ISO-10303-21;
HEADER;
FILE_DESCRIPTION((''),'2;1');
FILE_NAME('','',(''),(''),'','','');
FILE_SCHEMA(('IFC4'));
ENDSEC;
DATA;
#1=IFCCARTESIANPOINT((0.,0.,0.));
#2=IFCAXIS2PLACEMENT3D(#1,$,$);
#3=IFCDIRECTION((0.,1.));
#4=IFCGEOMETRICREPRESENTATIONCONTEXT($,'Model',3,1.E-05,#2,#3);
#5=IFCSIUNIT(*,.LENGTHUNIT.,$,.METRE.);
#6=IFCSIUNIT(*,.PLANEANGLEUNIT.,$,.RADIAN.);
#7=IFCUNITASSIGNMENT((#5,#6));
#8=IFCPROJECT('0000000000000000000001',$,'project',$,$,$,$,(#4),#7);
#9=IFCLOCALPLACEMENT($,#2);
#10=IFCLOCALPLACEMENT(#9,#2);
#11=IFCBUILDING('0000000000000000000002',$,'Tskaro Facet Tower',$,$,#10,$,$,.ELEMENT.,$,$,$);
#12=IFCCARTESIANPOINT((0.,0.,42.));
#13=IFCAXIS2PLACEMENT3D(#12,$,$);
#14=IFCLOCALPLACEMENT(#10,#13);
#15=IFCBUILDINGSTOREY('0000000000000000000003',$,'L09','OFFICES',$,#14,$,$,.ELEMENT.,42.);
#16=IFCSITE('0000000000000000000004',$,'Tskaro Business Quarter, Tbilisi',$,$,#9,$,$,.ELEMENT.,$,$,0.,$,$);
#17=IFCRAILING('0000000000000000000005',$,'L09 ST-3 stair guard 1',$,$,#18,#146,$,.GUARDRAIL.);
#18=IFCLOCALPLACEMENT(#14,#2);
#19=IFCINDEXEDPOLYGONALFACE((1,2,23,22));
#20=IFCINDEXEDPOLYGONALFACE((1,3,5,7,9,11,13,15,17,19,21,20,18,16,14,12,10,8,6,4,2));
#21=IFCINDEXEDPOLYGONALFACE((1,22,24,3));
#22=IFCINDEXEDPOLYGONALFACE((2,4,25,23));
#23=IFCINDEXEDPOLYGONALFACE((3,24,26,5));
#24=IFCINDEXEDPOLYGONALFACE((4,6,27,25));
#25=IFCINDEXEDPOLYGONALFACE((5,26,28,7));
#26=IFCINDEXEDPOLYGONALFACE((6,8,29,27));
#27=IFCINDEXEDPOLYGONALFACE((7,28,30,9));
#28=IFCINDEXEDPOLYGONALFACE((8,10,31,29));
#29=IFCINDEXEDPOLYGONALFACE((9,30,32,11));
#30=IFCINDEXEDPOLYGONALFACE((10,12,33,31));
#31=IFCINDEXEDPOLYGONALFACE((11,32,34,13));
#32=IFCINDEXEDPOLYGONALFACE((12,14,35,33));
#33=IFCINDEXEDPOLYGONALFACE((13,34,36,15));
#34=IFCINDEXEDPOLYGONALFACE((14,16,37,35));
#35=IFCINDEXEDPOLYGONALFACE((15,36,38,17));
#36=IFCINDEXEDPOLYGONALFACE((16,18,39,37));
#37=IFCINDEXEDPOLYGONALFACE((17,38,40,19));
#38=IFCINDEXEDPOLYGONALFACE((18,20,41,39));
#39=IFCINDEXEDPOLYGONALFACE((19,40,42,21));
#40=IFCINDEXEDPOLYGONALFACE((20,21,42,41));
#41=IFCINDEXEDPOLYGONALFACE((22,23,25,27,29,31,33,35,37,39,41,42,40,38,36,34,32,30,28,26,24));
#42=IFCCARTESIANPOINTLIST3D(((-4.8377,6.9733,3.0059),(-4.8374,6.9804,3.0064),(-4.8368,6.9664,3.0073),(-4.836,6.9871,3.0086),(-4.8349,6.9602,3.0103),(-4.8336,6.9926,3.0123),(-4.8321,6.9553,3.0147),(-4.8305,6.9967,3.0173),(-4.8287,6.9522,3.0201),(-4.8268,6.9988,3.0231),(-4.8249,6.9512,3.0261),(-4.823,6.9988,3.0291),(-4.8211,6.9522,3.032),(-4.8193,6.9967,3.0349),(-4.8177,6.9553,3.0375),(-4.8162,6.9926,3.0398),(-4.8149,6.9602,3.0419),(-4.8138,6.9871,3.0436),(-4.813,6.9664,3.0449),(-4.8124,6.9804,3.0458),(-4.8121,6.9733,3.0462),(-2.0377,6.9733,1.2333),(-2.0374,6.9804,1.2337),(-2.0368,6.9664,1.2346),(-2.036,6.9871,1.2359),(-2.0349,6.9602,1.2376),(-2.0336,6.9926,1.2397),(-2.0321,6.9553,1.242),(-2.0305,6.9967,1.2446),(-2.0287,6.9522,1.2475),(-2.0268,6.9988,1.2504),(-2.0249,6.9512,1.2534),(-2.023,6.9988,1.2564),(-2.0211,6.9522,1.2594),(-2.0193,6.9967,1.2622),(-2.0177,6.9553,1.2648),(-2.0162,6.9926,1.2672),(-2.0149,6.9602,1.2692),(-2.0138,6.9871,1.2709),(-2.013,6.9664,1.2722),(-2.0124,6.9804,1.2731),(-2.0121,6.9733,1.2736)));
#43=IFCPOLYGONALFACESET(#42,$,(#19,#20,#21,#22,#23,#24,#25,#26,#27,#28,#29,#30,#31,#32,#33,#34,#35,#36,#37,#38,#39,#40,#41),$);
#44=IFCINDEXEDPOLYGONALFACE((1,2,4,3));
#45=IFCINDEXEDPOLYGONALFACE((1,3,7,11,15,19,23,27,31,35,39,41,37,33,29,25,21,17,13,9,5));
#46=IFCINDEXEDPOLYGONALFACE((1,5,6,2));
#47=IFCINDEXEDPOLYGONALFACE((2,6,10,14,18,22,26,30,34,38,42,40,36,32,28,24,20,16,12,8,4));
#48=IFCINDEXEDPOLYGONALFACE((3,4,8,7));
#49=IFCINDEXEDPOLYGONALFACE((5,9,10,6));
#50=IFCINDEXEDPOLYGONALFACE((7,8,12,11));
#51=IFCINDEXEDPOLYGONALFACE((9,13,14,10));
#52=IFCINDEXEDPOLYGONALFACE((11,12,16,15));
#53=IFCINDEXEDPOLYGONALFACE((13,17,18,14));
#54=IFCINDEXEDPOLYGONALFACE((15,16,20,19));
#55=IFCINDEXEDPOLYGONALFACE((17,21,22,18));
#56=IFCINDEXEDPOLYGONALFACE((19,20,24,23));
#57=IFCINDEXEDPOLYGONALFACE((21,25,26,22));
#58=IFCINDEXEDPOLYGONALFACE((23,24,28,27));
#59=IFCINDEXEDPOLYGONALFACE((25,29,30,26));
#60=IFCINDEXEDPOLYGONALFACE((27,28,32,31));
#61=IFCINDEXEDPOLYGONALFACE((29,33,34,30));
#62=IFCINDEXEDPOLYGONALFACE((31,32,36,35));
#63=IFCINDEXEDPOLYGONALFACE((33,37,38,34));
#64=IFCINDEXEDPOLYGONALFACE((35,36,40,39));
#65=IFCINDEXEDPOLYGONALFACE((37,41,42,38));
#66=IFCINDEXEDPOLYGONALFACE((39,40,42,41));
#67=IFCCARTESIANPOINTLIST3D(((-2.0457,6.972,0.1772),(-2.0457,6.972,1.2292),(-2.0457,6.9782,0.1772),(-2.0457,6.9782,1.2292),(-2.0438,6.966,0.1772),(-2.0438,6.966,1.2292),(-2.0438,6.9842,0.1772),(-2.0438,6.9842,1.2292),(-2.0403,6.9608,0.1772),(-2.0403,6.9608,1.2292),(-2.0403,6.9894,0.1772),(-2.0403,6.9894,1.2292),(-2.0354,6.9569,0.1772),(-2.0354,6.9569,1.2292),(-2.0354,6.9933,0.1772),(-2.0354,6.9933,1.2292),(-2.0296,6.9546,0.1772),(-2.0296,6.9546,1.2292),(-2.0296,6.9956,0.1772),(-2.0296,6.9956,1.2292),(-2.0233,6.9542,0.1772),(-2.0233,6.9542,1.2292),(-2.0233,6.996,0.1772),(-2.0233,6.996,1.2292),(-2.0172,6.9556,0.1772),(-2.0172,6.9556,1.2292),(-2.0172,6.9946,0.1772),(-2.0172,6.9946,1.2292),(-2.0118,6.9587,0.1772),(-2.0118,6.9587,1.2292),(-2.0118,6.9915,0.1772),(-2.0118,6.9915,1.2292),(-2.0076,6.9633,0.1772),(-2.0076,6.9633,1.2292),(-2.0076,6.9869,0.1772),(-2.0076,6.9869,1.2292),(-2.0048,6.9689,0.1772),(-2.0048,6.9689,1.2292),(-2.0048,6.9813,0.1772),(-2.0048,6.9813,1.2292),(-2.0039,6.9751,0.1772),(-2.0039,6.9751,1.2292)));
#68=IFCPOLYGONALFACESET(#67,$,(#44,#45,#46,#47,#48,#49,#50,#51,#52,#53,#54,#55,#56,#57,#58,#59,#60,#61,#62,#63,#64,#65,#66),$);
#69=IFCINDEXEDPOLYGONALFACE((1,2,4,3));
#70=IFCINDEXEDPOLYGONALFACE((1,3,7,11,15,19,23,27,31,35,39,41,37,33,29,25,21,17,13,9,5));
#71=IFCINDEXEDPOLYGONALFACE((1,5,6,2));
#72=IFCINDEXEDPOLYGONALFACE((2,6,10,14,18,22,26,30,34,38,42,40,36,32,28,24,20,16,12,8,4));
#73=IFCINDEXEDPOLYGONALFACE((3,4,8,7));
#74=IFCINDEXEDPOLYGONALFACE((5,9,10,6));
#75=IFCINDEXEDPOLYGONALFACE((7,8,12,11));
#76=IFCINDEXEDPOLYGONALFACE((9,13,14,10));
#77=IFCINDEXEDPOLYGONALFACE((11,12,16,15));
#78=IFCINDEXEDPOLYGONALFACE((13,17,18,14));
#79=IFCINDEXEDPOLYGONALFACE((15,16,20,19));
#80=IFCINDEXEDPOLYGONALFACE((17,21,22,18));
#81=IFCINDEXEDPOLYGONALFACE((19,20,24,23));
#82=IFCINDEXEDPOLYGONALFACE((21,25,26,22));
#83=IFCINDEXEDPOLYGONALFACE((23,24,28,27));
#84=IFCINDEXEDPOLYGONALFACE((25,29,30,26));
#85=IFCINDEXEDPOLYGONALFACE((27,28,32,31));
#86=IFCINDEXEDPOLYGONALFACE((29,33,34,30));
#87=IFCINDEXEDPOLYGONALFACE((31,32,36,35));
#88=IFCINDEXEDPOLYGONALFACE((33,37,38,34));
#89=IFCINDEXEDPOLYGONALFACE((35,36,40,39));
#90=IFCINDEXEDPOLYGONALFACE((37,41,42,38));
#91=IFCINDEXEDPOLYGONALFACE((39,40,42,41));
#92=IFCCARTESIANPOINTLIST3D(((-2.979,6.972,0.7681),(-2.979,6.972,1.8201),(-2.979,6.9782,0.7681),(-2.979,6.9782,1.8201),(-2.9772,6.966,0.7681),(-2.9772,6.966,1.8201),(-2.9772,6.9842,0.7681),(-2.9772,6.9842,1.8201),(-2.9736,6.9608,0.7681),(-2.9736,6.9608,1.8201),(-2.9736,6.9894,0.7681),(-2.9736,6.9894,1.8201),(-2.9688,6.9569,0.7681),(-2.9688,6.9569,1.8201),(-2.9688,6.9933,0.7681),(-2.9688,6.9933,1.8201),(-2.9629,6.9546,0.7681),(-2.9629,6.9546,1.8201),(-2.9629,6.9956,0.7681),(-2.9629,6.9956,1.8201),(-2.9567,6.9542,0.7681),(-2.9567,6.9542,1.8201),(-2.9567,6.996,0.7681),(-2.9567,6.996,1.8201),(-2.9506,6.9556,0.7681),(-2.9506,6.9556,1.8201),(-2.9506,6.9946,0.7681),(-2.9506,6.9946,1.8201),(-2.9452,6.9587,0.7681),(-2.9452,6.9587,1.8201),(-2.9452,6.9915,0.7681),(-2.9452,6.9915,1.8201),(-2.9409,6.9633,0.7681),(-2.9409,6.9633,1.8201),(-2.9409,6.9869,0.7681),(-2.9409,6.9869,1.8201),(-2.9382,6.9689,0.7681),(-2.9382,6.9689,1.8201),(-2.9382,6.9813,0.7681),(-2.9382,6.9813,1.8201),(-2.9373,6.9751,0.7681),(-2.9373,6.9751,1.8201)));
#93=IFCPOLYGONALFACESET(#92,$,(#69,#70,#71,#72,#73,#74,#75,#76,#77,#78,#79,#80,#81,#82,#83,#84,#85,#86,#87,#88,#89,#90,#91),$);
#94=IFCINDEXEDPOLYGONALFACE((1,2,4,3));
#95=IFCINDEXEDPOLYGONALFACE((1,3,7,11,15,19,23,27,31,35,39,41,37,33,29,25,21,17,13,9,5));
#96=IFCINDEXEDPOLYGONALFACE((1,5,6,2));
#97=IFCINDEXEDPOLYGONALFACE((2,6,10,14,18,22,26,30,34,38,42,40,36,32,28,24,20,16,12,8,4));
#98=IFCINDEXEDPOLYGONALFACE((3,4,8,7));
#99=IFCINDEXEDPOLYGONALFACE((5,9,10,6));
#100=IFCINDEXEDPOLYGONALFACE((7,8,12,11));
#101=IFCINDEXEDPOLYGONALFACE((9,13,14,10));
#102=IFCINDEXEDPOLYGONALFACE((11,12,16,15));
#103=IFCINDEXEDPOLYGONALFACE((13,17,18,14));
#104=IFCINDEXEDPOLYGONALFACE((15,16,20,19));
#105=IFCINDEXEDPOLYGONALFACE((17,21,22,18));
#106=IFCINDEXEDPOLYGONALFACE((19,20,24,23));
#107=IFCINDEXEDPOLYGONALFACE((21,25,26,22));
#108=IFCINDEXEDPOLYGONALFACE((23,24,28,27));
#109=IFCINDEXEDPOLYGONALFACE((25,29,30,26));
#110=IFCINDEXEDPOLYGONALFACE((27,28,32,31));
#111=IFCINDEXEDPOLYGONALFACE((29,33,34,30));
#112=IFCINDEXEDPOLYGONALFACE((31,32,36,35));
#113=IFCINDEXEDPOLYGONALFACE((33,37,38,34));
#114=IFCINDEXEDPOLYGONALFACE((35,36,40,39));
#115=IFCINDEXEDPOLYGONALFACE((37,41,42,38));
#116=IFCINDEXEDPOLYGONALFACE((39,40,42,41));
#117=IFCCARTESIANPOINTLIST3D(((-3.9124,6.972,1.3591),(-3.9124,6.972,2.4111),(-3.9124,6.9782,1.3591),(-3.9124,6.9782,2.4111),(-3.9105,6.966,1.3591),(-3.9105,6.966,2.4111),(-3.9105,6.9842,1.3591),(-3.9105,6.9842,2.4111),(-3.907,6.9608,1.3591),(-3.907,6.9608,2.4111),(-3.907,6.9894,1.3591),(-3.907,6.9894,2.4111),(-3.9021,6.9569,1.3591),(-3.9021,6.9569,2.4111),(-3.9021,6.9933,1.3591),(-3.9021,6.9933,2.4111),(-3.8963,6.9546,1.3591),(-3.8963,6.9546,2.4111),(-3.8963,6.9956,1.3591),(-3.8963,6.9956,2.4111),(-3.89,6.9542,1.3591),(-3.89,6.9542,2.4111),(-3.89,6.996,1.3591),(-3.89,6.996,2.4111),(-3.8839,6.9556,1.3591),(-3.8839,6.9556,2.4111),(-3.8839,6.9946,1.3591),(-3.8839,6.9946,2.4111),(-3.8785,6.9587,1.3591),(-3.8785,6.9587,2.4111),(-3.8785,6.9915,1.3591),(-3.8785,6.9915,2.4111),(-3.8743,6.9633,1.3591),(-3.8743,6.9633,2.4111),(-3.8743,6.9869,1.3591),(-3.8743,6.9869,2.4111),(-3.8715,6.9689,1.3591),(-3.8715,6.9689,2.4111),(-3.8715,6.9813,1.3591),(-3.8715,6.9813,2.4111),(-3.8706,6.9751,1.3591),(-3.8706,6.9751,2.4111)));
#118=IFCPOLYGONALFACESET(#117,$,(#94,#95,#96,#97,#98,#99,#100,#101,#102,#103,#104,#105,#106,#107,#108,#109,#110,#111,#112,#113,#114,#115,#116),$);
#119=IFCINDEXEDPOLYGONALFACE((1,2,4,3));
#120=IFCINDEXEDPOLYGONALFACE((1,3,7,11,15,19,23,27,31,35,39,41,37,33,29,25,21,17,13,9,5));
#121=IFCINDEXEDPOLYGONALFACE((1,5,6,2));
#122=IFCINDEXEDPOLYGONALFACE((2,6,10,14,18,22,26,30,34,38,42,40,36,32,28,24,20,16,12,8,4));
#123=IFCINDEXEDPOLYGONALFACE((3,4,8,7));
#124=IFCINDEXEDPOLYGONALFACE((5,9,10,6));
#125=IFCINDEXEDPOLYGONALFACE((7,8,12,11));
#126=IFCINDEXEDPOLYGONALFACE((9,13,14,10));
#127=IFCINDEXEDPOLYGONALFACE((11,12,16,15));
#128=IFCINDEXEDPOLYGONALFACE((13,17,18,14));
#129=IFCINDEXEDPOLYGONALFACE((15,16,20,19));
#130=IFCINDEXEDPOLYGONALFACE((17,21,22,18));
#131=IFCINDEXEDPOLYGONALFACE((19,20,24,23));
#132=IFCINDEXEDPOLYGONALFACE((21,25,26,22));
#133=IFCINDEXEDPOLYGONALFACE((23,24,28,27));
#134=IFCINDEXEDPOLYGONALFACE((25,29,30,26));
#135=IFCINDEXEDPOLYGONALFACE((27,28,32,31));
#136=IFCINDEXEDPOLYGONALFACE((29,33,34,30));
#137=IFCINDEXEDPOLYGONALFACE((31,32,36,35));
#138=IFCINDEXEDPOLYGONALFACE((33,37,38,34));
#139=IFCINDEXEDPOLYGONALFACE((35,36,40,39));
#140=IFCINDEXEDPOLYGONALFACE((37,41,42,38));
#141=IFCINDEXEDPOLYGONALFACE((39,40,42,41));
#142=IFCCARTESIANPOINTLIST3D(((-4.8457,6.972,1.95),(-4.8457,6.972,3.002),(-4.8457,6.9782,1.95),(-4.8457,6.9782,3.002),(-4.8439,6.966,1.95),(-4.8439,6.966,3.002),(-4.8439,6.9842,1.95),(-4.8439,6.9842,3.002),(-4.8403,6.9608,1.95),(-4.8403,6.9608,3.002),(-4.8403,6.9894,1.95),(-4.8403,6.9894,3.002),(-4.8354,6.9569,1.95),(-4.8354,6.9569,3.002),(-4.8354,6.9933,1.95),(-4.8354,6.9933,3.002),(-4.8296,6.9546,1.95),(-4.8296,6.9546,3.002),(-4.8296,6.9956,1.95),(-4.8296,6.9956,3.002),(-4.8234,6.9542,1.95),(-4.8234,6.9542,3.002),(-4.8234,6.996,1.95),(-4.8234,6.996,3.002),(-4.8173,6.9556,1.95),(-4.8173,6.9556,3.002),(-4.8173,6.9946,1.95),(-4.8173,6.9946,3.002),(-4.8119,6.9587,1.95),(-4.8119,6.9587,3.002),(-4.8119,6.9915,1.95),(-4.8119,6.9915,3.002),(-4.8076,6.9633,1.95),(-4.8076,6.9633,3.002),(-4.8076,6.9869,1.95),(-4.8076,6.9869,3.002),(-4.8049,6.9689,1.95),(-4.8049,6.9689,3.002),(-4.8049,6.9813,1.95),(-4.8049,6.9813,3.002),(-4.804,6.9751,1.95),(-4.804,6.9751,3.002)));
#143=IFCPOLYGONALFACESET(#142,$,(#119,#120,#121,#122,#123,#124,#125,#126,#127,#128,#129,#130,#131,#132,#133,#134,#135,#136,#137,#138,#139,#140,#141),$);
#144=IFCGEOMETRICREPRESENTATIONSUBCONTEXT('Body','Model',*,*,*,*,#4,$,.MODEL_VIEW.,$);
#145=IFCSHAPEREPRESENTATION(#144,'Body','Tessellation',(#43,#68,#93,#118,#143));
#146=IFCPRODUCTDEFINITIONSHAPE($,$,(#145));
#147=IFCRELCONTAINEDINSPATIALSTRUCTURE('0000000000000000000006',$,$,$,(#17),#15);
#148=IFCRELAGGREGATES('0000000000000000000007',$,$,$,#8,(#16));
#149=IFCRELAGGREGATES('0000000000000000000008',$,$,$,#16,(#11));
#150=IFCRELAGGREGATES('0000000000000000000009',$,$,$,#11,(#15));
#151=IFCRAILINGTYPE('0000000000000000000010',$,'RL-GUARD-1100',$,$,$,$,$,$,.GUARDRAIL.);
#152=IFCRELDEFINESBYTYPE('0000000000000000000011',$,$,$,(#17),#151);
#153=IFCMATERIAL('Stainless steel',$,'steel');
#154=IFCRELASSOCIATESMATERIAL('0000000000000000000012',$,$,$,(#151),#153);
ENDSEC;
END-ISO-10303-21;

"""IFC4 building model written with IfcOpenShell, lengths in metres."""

from ifc_helpers import new_model, si_unit, direction, frame, origin, origin_2d, place, context, subcontext, project, spatial, circle, extrude, material, type_object, element, save


model = new_model("IFC4")

# Units and contexts
model_context = context("Model", 3, precision=1e-05, world=origin(), true_north=direction((0.0, 1.0)))
body_context = subcontext(model_context, "Body", "Model", "MODEL_VIEW")
ifc_project = project(units=[si_unit("LENGTHUNIT", "METRE"), si_unit("PLANEANGLEUNIT", "RADIAN")], contexts=[model_context])

# Site, building, storey
site_placement = place(None, origin())
site = spatial("IfcSite", under=ifc_project, at=site_placement, Name="Tskaro Business Quarter, Tbilisi", CompositionType="ELEMENT", RefElevation=0.0)
building_placement = place(site_placement, origin())
building = spatial("IfcBuilding", under=site, at=building_placement, Name="Tskaro Facet Tower", CompositionType="ELEMENT")
storey_placement = place(building_placement, frame((0.0, 0.0, 42.0)))
storey = spatial("IfcBuildingStorey", under=building, at=storey_placement, Name="L09", Description="OFFICES", CompositionType="ELEMENT", Elevation=42.0)

# Railing
ifc_material_1 = material(Name="Stainless steel", Category="steel")
railing_type_1 = type_object("IfcRailingType", Name="RL-GUARD-1100", PredefinedType="GUARDRAIL", material=ifc_material_1)
railing_1_placement = place(storey_placement, frame((-2.0249, 6.9751, 0.1772)))
element("IfcRailing", 1, at=railing_1_placement, inside=storey, type_object=railing_type_1, Name="L09 ST-3 stair guard 1", PredefinedType="GUARDRAIL", context=body_context, shape_type="SweptSolid", body=[
    extrude(circle(Radius=0.0239, at=origin_2d()), frame((0.0, 0.0, 1.0762), z_axis=(-0.844909, 0.0, 0.53491), x_axis=(0.0, -1.0, 0.0)), (0.0, 0.0, 1.0), 3.314),
    extrude(circle(Radius=0.021, at=origin_2d()), origin(), (0.0, 0.0, 1.0), 1.052),
    extrude(circle(Radius=0.021, at=origin_2d()), frame((-0.9333, 0.0, 0.5908)), (0.0, 0.0, 1.0), 1.052),
    extrude(circle(Radius=0.021, at=origin_2d()), frame((-1.8667, 0.0, 1.1819)), (0.0, 0.0, 1.0), 1.052),
    extrude(circle(Radius=0.021, at=origin_2d()), frame((-2.8, 0.0, 1.7727)), (0.0, 0.0, 1.0), 1.052),
])

save(model, "model.ifc")
